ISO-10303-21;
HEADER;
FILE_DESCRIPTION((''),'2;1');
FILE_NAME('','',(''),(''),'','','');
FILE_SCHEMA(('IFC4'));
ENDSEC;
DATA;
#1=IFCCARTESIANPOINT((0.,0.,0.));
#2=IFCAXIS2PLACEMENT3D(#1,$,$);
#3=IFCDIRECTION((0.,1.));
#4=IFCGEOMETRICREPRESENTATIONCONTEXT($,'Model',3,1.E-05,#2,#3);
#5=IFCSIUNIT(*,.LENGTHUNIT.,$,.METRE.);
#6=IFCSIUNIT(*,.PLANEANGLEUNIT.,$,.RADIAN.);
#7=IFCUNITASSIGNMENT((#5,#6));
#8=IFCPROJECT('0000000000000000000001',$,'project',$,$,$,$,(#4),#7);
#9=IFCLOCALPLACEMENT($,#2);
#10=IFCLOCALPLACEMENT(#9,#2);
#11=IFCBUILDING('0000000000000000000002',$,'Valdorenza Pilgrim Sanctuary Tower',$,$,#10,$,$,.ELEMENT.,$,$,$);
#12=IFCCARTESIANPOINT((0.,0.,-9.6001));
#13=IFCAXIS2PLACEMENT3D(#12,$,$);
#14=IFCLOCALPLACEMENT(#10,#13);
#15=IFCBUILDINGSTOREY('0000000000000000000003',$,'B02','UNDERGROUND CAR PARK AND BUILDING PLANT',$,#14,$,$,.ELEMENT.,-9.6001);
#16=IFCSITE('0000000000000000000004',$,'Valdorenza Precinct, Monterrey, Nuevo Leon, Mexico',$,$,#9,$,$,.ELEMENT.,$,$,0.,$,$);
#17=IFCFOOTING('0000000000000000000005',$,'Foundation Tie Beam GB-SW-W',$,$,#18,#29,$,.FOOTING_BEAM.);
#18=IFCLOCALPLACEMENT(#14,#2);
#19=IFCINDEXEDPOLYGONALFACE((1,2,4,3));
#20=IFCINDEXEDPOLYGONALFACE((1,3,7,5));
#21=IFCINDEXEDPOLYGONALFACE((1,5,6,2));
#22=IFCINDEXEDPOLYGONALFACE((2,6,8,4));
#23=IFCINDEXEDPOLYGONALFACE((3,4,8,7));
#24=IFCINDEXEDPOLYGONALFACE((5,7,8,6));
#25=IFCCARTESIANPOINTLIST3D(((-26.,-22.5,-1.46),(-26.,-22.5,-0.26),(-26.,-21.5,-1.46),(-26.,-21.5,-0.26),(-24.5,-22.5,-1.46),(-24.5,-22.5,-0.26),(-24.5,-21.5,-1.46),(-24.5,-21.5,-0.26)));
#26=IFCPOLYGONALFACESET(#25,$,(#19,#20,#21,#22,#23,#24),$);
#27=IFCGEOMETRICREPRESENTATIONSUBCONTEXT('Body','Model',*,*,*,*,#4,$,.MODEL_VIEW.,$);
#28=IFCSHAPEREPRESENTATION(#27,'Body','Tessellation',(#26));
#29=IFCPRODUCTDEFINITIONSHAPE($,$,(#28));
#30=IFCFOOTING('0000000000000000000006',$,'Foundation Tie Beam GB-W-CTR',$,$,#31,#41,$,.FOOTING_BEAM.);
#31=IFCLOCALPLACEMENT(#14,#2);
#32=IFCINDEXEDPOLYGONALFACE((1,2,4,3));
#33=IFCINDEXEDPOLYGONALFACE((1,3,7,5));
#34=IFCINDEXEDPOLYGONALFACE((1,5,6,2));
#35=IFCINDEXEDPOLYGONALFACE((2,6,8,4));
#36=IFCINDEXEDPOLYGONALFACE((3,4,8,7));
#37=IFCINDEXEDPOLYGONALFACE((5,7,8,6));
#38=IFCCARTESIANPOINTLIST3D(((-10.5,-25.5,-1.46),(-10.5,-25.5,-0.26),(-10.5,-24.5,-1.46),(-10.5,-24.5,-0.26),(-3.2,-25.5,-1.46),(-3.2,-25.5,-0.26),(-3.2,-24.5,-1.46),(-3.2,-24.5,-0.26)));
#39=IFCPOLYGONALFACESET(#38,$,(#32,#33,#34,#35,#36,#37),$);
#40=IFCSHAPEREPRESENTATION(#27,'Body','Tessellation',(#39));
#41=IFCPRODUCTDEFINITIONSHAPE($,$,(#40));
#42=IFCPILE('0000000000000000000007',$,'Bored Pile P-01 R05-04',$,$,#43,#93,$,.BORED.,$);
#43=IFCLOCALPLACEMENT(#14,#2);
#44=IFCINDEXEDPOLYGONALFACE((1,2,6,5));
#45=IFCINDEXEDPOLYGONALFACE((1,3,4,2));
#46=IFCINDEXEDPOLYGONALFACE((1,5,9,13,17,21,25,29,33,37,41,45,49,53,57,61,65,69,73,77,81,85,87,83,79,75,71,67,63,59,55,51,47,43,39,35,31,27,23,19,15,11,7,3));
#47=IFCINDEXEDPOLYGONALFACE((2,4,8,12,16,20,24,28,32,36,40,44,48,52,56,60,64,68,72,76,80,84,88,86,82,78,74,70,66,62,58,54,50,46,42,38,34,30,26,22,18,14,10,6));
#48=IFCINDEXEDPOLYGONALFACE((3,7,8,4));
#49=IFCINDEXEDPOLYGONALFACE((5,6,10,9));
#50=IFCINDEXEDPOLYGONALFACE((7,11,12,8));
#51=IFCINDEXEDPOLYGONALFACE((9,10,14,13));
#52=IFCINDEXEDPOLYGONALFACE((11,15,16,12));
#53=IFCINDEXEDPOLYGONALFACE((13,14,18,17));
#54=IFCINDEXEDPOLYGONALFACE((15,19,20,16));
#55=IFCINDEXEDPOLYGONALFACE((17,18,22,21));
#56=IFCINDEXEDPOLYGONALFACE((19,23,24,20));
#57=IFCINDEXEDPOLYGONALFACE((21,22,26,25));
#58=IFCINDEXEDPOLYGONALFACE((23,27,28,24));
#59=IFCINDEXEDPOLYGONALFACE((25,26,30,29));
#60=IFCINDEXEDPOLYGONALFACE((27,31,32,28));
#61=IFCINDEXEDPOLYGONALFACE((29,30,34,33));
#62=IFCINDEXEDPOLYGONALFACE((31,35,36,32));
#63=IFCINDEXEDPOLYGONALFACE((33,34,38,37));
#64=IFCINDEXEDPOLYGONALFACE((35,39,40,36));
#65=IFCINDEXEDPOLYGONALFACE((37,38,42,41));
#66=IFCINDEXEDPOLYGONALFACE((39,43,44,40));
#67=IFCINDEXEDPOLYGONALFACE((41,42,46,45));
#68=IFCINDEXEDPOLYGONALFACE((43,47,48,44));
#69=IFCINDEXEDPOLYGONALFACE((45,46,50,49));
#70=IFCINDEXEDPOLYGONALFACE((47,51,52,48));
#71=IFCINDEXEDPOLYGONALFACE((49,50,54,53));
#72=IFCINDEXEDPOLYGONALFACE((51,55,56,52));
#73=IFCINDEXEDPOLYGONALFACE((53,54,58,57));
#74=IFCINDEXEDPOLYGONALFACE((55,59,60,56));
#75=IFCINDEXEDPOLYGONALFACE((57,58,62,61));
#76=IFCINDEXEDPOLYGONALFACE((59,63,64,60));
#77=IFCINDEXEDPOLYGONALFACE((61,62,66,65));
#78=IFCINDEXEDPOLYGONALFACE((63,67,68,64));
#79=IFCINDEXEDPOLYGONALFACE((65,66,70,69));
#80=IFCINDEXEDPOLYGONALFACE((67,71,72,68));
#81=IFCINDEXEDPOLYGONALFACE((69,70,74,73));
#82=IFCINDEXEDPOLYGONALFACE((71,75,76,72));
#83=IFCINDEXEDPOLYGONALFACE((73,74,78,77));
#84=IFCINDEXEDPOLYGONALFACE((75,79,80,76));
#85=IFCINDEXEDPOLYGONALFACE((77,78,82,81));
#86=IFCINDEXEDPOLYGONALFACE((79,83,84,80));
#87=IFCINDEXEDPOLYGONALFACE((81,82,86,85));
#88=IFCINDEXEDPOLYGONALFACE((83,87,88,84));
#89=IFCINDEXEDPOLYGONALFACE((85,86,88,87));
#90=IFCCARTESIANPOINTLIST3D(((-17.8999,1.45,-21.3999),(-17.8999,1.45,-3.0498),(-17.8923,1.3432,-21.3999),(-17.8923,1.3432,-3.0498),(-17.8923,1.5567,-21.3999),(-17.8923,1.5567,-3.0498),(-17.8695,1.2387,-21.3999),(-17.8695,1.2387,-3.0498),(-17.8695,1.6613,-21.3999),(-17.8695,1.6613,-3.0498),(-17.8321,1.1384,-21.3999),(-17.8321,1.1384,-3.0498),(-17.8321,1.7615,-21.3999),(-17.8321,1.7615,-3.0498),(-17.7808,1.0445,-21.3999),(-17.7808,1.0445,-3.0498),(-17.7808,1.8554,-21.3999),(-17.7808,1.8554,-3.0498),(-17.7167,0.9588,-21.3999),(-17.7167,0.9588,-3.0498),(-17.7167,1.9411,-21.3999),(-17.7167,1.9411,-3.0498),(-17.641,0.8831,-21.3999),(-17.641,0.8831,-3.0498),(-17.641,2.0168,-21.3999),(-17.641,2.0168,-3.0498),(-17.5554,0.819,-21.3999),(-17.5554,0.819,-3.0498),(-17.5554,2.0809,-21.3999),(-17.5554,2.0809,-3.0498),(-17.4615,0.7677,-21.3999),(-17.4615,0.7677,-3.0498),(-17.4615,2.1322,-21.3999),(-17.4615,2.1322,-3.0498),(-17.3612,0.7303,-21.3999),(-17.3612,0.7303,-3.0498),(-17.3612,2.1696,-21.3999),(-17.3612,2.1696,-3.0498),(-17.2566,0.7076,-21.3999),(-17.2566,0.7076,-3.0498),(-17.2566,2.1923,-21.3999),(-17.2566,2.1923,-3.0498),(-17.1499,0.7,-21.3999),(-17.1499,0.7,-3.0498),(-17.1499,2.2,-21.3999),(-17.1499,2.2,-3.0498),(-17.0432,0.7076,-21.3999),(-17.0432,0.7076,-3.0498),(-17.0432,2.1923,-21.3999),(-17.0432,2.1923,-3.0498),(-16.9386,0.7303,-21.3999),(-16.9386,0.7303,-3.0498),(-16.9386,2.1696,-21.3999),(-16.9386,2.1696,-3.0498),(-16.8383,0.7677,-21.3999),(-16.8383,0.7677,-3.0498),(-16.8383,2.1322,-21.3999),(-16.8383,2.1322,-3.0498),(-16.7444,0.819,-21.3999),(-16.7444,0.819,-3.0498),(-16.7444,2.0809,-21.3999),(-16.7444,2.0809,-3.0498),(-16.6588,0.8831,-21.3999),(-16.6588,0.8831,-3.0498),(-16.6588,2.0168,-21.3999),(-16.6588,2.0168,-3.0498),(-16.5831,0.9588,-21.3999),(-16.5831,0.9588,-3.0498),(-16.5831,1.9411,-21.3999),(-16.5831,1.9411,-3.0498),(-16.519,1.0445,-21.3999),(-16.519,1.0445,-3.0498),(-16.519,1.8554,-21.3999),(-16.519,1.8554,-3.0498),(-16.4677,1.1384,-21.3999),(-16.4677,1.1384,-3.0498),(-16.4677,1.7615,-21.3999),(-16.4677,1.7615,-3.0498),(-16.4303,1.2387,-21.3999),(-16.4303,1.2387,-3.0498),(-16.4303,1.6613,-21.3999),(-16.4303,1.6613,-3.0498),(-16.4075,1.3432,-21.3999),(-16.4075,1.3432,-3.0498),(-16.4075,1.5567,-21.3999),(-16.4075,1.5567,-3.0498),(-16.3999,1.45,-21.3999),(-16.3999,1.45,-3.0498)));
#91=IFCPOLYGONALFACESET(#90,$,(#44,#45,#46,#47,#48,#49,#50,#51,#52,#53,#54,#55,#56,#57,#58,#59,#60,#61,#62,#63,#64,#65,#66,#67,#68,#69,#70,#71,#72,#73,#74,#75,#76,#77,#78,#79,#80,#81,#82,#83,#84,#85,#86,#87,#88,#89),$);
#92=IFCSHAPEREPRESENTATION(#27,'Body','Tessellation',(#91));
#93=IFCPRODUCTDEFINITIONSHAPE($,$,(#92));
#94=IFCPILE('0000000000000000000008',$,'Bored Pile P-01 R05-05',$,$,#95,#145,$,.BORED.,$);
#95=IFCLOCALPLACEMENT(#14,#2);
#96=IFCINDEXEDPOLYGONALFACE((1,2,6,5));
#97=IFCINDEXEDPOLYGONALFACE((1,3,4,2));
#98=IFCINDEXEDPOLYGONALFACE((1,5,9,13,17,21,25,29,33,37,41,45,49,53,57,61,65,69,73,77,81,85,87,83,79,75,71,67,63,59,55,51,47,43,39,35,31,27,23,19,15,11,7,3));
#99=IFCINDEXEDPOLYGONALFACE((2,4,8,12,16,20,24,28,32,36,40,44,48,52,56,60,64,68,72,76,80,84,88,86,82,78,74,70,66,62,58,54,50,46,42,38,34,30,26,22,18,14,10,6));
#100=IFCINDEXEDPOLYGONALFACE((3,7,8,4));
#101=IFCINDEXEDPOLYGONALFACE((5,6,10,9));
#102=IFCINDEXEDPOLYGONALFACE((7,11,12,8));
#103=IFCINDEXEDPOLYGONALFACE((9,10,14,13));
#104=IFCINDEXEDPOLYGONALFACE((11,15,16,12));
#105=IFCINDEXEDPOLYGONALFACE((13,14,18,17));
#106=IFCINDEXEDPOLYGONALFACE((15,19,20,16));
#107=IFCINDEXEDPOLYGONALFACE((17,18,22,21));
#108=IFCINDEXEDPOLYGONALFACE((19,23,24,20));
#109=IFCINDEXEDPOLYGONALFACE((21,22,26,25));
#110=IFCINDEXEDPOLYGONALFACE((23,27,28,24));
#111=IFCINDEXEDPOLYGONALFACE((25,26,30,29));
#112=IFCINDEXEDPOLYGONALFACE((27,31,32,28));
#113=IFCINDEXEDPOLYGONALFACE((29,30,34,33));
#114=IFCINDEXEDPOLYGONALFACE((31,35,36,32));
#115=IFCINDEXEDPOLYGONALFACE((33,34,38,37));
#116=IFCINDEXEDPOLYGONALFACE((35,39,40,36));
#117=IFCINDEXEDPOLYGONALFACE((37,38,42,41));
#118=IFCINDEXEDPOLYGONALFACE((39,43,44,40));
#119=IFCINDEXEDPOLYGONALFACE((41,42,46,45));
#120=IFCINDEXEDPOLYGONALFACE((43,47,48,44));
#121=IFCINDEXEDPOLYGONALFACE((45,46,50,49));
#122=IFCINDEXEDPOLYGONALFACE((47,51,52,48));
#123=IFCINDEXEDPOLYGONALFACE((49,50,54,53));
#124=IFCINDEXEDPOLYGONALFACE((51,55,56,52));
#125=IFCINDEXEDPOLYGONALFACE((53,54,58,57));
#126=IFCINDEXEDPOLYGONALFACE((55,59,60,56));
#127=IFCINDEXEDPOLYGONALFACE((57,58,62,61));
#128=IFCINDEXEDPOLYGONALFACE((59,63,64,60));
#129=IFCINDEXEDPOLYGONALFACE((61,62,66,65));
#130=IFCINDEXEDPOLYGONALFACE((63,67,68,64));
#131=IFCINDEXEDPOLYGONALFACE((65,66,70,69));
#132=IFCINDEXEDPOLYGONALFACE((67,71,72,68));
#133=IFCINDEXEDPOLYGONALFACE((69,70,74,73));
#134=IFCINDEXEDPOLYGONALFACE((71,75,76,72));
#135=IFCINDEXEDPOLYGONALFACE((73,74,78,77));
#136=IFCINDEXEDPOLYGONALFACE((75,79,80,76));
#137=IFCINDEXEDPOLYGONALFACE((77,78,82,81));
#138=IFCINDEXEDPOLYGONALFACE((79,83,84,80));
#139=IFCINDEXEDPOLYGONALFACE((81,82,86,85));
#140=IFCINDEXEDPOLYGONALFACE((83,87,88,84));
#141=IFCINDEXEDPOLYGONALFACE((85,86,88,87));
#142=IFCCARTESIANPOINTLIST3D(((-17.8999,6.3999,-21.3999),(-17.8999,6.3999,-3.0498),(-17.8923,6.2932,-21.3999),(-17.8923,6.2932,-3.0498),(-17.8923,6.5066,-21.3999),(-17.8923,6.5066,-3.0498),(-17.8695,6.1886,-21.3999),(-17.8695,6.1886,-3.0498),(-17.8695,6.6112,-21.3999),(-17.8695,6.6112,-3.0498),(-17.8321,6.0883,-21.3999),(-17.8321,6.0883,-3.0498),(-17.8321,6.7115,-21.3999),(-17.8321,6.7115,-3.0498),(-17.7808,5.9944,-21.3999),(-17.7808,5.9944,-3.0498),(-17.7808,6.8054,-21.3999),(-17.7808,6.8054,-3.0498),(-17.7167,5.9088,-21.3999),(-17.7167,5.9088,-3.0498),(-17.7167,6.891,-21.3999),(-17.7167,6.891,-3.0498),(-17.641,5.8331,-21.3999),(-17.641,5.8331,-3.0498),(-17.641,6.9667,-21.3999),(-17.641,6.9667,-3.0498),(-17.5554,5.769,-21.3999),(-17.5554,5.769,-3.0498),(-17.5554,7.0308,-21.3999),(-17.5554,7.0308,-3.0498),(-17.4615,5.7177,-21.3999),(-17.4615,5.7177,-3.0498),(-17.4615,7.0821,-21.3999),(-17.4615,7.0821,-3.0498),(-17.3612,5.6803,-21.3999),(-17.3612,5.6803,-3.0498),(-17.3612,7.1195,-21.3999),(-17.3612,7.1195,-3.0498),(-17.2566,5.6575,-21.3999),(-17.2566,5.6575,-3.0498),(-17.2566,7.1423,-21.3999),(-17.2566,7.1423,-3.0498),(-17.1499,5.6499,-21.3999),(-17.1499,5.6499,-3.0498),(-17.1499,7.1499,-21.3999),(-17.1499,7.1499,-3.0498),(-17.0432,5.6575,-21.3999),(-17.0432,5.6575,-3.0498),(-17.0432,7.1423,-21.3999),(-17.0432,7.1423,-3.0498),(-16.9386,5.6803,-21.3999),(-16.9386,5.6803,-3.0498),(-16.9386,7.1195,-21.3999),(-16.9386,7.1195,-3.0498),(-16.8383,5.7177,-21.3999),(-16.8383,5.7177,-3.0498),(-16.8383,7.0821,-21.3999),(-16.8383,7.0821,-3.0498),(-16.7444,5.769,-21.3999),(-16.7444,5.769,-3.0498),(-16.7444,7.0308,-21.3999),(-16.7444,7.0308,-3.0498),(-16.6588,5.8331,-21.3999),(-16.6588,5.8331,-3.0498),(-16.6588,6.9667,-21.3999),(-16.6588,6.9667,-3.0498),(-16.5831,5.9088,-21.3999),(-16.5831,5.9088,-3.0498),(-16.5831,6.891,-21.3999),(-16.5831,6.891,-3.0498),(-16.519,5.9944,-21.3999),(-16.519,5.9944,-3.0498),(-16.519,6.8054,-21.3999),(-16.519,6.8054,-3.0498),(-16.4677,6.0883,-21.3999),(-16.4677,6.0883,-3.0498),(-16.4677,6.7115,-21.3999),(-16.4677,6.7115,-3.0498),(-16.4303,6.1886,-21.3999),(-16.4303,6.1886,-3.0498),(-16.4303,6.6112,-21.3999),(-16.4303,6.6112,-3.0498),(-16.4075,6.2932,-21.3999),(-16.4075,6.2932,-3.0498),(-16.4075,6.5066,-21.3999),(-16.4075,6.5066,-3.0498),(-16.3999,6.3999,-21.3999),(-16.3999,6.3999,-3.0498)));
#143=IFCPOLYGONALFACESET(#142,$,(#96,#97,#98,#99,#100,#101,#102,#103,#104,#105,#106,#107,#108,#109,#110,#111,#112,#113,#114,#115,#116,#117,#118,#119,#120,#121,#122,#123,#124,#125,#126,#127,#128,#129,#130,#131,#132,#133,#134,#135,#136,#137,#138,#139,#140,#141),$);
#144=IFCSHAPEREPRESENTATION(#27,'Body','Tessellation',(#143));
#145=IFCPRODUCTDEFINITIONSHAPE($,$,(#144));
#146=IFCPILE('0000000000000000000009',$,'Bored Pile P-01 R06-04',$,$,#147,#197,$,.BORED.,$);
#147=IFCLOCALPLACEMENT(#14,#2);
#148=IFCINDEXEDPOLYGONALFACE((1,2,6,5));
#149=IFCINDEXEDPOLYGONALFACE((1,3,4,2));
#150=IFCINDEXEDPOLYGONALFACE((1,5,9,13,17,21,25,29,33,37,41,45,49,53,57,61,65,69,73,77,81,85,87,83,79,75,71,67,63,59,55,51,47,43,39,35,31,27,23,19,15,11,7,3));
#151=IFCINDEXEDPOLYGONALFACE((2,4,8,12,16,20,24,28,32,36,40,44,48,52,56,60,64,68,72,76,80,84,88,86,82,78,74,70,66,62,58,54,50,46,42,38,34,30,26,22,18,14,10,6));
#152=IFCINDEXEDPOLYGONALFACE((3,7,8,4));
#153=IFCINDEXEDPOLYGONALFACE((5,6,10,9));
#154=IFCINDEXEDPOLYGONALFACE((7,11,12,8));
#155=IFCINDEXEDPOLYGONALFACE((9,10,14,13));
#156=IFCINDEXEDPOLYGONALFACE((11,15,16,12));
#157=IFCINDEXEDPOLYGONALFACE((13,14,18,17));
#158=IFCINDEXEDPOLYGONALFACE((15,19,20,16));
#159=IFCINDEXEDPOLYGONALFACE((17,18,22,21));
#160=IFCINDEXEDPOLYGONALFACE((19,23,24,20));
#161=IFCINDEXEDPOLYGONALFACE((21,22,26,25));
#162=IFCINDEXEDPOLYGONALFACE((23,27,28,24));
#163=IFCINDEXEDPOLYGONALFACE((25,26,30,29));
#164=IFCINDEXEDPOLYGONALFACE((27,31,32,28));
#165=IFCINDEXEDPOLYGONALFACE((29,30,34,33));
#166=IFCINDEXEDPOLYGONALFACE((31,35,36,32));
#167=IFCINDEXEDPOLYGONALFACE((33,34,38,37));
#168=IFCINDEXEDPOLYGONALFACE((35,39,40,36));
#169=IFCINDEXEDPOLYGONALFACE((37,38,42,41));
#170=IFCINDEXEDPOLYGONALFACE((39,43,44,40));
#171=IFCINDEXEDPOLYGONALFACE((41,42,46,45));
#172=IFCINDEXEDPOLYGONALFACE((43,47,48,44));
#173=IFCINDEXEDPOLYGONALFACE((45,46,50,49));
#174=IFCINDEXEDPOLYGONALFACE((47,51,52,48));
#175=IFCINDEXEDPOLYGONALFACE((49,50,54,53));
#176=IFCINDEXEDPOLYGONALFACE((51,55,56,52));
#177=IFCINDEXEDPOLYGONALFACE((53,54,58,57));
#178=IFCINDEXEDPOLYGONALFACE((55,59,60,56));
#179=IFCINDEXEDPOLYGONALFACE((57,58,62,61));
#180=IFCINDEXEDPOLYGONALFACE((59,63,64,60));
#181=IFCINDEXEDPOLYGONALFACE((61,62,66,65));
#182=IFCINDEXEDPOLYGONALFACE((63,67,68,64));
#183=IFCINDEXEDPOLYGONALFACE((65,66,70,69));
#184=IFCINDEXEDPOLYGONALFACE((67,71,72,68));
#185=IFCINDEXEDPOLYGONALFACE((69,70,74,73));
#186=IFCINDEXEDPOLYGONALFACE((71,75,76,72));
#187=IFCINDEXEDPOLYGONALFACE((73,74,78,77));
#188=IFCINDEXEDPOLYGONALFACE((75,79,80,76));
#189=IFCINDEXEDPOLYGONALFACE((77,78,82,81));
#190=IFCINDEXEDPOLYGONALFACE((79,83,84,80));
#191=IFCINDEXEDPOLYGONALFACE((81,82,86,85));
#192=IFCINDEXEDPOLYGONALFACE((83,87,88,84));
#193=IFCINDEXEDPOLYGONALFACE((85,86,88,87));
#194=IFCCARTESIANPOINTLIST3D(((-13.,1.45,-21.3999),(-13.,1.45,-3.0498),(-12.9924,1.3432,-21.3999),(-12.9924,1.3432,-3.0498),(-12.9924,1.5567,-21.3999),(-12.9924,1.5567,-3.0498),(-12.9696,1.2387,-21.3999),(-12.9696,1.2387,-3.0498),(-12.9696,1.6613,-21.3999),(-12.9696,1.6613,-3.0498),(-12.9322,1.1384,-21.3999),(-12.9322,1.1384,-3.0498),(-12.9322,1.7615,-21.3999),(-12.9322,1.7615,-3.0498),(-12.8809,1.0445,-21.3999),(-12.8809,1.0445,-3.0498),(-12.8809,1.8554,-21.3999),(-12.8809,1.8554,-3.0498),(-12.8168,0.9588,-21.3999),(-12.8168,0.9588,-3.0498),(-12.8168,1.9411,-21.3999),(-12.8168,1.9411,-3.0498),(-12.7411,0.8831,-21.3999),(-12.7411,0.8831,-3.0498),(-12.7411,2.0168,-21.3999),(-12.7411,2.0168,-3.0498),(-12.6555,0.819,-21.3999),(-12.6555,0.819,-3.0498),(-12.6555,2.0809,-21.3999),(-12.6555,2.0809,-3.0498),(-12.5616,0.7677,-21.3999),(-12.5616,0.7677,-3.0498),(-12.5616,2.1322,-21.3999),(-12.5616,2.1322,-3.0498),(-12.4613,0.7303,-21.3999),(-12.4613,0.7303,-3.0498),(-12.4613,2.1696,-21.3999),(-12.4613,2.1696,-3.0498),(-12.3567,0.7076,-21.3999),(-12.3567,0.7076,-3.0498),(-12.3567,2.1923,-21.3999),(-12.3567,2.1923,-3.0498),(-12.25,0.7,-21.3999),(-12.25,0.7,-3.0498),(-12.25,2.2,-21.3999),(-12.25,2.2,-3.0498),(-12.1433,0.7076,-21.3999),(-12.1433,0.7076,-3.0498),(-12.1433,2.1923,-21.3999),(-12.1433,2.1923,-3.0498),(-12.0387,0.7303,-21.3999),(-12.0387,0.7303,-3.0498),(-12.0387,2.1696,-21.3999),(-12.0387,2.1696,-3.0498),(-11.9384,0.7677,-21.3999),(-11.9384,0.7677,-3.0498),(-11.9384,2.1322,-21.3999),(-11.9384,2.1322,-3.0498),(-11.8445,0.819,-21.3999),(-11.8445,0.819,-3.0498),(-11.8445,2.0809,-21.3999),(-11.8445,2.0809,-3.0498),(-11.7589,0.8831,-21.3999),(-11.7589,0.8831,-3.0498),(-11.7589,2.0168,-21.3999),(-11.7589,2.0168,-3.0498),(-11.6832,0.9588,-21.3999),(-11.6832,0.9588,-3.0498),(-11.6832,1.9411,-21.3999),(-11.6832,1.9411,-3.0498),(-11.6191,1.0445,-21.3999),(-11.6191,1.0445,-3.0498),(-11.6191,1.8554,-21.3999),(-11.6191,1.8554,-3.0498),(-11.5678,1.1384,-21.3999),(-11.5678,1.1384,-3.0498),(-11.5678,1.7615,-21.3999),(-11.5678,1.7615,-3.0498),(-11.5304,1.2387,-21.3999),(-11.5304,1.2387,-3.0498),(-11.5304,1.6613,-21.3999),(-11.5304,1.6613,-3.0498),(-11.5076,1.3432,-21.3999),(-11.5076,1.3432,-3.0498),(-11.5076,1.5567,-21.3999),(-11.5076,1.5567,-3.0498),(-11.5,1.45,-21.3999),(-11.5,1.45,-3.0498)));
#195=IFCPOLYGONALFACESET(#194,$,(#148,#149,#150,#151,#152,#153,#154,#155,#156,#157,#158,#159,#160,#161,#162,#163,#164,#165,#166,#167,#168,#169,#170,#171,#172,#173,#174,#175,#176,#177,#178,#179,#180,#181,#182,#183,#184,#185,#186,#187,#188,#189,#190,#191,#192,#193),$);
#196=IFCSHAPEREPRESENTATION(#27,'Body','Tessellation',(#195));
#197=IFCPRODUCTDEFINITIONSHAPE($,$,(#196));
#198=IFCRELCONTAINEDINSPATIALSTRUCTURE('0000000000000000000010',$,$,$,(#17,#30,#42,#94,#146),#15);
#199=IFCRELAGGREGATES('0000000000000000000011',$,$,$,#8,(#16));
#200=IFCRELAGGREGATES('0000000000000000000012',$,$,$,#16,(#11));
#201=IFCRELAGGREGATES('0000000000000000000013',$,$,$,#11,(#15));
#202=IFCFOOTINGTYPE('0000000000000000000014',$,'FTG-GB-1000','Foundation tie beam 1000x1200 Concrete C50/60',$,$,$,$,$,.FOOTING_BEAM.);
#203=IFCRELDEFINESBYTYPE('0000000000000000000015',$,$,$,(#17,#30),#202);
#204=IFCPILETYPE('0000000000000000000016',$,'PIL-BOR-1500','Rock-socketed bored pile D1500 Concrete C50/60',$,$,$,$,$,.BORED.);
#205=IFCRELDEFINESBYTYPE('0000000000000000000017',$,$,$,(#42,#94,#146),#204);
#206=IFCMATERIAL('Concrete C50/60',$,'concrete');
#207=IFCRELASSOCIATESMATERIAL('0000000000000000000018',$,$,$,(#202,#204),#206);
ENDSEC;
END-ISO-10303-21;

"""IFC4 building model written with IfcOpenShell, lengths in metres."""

from ifc_helpers import new_model, si_unit, direction, frame, origin, origin_2d, place, context, subcontext, project, spatial, polyline, circle, outline, extrude, source, transform, mapped, material, material_profile, profile_set, type_object, element, save


model = new_model("IFC4")

# Units and contexts
model_context = context("Model", 3, precision=1e-05, world=origin(), true_north=direction((0.0, 1.0)))
body_context = subcontext(model_context, "Body", "Model", "MODEL_VIEW")
ifc_project = project(units=[si_unit("LENGTHUNIT", "METRE"), si_unit("PLANEANGLEUNIT", "RADIAN")], contexts=[model_context])

# Site, building, storey
site_placement = place(None, origin())
site = spatial("IfcSite", under=ifc_project, at=site_placement, Name="Valdorenza Precinct, Monterrey, Nuevo Leon, Mexico", CompositionType="ELEMENT", RefElevation=0.0)
building_placement = place(site_placement, origin())
building = spatial("IfcBuilding", under=site, at=building_placement, Name="Valdorenza Pilgrim Sanctuary Tower", CompositionType="ELEMENT")
storey_placement = place(building_placement, frame((0.0, 0.0, -9.6001)))
storey = spatial("IfcBuildingStorey", under=building, at=storey_placement, Name="B02", Description="UNDERGROUND CAR PARK AND BUILDING PLANT", CompositionType="ELEMENT", Elevation=-9.6001)

# Footings
ifc_material_1 = material(Name="Concrete C50/60", Category="concrete")
footing_type = type_object("IfcFootingType", Name="FTG-GB-1000", Description="Foundation tie beam 1000x1200 Concrete C50/60", PredefinedType="FOOTING_BEAM", material=ifc_material_1)
footing_1_placement = place(storey_placement, frame((0.0, 0.0, -1.46)))
element("IfcFooting", 1, at=footing_1_placement, inside=storey, type_object=footing_type, Name="Foundation Tie Beam GB-SW-W", PredefinedType="FOOTING_BEAM", context=body_context, shape_type="SweptSolid", body=[
    extrude(outline(polyline([(-26.0, -22.5), (-24.5, -22.5), (-24.5, -21.5), (-26.0, -21.5), (-26.0, -22.5)])), origin(), (0.0, 0.0, 1.0), 1.2),
])
footing_2_placement = place(storey_placement, frame((0.0, 0.0, -1.46)))
element("IfcFooting", 2, at=footing_2_placement, inside=storey, type_object=footing_type, Name="Foundation Tie Beam GB-W-CTR", PredefinedType="FOOTING_BEAM", context=body_context, shape_type="SweptSolid", body=[
    extrude(outline(polyline([(-10.5, -25.5), (-3.2, -25.5), (-3.2, -24.5), (-10.5, -24.5), (-10.5, -25.5)])), origin(), (0.0, 0.0, 1.0), 1.2),
])

# Piles
ifc_material_profile = material_profile(ifc_material_1, circle(Radius=0.75, at=origin_2d()), Name="BORED PILE 1500")
ifc_profile_set = profile_set([ifc_material_profile], Name="Concrete C50/60")
pile_type = type_object("IfcPileType", Name="PIL-BOR-1500", Description="Rock-socketed bored pile D1500 Concrete C50/60", PredefinedType="BORED", material=ifc_profile_set)
shared_shape_1 = source(origin(), body_context, "Body", "SweptSolid", [
    extrude(circle(Radius=0.75, at=origin_2d()), origin(), (0.0, 0.0, 1.0), 18.3501),
])
for number, where, z_axis, x_axis, name in (
    (3, (-17.1499, 1.45, -3.0498), (0.0, 0.0, -1.0), (1.0, 0.0, 0.0), "Bored Pile P-01 R05-04"),
    (4, (-17.1499, 6.3999, -3.0498), (0.0, 0.0, -1.0), (1.0, 0.0, 0.0), "Bored Pile P-01 R05-05"),
    (5, (-12.25, 1.45, -3.0498), (0.0, 0.0, -1.0), (1.0, 0.0, 0.0), "Bored Pile P-01 R06-04"),
):
    element("IfcPile", number, at=place(storey_placement, frame(where, z_axis=z_axis, x_axis=x_axis)), inside=storey, type_object=pile_type, Name=name, PredefinedType="BORED", context=body_context, shape_type="MappedRepresentation", body=[
        mapped(shared_shape_1, transform((0.0, 0.0, 0.0), x_axis=(1.0, 0.0, 0.0), y_axis=(0.0, 1.0, 0.0), z_axis=(0.0, 0.0, 1.0), scale=1.0)),
    ])

save(model, "model.ifc")
